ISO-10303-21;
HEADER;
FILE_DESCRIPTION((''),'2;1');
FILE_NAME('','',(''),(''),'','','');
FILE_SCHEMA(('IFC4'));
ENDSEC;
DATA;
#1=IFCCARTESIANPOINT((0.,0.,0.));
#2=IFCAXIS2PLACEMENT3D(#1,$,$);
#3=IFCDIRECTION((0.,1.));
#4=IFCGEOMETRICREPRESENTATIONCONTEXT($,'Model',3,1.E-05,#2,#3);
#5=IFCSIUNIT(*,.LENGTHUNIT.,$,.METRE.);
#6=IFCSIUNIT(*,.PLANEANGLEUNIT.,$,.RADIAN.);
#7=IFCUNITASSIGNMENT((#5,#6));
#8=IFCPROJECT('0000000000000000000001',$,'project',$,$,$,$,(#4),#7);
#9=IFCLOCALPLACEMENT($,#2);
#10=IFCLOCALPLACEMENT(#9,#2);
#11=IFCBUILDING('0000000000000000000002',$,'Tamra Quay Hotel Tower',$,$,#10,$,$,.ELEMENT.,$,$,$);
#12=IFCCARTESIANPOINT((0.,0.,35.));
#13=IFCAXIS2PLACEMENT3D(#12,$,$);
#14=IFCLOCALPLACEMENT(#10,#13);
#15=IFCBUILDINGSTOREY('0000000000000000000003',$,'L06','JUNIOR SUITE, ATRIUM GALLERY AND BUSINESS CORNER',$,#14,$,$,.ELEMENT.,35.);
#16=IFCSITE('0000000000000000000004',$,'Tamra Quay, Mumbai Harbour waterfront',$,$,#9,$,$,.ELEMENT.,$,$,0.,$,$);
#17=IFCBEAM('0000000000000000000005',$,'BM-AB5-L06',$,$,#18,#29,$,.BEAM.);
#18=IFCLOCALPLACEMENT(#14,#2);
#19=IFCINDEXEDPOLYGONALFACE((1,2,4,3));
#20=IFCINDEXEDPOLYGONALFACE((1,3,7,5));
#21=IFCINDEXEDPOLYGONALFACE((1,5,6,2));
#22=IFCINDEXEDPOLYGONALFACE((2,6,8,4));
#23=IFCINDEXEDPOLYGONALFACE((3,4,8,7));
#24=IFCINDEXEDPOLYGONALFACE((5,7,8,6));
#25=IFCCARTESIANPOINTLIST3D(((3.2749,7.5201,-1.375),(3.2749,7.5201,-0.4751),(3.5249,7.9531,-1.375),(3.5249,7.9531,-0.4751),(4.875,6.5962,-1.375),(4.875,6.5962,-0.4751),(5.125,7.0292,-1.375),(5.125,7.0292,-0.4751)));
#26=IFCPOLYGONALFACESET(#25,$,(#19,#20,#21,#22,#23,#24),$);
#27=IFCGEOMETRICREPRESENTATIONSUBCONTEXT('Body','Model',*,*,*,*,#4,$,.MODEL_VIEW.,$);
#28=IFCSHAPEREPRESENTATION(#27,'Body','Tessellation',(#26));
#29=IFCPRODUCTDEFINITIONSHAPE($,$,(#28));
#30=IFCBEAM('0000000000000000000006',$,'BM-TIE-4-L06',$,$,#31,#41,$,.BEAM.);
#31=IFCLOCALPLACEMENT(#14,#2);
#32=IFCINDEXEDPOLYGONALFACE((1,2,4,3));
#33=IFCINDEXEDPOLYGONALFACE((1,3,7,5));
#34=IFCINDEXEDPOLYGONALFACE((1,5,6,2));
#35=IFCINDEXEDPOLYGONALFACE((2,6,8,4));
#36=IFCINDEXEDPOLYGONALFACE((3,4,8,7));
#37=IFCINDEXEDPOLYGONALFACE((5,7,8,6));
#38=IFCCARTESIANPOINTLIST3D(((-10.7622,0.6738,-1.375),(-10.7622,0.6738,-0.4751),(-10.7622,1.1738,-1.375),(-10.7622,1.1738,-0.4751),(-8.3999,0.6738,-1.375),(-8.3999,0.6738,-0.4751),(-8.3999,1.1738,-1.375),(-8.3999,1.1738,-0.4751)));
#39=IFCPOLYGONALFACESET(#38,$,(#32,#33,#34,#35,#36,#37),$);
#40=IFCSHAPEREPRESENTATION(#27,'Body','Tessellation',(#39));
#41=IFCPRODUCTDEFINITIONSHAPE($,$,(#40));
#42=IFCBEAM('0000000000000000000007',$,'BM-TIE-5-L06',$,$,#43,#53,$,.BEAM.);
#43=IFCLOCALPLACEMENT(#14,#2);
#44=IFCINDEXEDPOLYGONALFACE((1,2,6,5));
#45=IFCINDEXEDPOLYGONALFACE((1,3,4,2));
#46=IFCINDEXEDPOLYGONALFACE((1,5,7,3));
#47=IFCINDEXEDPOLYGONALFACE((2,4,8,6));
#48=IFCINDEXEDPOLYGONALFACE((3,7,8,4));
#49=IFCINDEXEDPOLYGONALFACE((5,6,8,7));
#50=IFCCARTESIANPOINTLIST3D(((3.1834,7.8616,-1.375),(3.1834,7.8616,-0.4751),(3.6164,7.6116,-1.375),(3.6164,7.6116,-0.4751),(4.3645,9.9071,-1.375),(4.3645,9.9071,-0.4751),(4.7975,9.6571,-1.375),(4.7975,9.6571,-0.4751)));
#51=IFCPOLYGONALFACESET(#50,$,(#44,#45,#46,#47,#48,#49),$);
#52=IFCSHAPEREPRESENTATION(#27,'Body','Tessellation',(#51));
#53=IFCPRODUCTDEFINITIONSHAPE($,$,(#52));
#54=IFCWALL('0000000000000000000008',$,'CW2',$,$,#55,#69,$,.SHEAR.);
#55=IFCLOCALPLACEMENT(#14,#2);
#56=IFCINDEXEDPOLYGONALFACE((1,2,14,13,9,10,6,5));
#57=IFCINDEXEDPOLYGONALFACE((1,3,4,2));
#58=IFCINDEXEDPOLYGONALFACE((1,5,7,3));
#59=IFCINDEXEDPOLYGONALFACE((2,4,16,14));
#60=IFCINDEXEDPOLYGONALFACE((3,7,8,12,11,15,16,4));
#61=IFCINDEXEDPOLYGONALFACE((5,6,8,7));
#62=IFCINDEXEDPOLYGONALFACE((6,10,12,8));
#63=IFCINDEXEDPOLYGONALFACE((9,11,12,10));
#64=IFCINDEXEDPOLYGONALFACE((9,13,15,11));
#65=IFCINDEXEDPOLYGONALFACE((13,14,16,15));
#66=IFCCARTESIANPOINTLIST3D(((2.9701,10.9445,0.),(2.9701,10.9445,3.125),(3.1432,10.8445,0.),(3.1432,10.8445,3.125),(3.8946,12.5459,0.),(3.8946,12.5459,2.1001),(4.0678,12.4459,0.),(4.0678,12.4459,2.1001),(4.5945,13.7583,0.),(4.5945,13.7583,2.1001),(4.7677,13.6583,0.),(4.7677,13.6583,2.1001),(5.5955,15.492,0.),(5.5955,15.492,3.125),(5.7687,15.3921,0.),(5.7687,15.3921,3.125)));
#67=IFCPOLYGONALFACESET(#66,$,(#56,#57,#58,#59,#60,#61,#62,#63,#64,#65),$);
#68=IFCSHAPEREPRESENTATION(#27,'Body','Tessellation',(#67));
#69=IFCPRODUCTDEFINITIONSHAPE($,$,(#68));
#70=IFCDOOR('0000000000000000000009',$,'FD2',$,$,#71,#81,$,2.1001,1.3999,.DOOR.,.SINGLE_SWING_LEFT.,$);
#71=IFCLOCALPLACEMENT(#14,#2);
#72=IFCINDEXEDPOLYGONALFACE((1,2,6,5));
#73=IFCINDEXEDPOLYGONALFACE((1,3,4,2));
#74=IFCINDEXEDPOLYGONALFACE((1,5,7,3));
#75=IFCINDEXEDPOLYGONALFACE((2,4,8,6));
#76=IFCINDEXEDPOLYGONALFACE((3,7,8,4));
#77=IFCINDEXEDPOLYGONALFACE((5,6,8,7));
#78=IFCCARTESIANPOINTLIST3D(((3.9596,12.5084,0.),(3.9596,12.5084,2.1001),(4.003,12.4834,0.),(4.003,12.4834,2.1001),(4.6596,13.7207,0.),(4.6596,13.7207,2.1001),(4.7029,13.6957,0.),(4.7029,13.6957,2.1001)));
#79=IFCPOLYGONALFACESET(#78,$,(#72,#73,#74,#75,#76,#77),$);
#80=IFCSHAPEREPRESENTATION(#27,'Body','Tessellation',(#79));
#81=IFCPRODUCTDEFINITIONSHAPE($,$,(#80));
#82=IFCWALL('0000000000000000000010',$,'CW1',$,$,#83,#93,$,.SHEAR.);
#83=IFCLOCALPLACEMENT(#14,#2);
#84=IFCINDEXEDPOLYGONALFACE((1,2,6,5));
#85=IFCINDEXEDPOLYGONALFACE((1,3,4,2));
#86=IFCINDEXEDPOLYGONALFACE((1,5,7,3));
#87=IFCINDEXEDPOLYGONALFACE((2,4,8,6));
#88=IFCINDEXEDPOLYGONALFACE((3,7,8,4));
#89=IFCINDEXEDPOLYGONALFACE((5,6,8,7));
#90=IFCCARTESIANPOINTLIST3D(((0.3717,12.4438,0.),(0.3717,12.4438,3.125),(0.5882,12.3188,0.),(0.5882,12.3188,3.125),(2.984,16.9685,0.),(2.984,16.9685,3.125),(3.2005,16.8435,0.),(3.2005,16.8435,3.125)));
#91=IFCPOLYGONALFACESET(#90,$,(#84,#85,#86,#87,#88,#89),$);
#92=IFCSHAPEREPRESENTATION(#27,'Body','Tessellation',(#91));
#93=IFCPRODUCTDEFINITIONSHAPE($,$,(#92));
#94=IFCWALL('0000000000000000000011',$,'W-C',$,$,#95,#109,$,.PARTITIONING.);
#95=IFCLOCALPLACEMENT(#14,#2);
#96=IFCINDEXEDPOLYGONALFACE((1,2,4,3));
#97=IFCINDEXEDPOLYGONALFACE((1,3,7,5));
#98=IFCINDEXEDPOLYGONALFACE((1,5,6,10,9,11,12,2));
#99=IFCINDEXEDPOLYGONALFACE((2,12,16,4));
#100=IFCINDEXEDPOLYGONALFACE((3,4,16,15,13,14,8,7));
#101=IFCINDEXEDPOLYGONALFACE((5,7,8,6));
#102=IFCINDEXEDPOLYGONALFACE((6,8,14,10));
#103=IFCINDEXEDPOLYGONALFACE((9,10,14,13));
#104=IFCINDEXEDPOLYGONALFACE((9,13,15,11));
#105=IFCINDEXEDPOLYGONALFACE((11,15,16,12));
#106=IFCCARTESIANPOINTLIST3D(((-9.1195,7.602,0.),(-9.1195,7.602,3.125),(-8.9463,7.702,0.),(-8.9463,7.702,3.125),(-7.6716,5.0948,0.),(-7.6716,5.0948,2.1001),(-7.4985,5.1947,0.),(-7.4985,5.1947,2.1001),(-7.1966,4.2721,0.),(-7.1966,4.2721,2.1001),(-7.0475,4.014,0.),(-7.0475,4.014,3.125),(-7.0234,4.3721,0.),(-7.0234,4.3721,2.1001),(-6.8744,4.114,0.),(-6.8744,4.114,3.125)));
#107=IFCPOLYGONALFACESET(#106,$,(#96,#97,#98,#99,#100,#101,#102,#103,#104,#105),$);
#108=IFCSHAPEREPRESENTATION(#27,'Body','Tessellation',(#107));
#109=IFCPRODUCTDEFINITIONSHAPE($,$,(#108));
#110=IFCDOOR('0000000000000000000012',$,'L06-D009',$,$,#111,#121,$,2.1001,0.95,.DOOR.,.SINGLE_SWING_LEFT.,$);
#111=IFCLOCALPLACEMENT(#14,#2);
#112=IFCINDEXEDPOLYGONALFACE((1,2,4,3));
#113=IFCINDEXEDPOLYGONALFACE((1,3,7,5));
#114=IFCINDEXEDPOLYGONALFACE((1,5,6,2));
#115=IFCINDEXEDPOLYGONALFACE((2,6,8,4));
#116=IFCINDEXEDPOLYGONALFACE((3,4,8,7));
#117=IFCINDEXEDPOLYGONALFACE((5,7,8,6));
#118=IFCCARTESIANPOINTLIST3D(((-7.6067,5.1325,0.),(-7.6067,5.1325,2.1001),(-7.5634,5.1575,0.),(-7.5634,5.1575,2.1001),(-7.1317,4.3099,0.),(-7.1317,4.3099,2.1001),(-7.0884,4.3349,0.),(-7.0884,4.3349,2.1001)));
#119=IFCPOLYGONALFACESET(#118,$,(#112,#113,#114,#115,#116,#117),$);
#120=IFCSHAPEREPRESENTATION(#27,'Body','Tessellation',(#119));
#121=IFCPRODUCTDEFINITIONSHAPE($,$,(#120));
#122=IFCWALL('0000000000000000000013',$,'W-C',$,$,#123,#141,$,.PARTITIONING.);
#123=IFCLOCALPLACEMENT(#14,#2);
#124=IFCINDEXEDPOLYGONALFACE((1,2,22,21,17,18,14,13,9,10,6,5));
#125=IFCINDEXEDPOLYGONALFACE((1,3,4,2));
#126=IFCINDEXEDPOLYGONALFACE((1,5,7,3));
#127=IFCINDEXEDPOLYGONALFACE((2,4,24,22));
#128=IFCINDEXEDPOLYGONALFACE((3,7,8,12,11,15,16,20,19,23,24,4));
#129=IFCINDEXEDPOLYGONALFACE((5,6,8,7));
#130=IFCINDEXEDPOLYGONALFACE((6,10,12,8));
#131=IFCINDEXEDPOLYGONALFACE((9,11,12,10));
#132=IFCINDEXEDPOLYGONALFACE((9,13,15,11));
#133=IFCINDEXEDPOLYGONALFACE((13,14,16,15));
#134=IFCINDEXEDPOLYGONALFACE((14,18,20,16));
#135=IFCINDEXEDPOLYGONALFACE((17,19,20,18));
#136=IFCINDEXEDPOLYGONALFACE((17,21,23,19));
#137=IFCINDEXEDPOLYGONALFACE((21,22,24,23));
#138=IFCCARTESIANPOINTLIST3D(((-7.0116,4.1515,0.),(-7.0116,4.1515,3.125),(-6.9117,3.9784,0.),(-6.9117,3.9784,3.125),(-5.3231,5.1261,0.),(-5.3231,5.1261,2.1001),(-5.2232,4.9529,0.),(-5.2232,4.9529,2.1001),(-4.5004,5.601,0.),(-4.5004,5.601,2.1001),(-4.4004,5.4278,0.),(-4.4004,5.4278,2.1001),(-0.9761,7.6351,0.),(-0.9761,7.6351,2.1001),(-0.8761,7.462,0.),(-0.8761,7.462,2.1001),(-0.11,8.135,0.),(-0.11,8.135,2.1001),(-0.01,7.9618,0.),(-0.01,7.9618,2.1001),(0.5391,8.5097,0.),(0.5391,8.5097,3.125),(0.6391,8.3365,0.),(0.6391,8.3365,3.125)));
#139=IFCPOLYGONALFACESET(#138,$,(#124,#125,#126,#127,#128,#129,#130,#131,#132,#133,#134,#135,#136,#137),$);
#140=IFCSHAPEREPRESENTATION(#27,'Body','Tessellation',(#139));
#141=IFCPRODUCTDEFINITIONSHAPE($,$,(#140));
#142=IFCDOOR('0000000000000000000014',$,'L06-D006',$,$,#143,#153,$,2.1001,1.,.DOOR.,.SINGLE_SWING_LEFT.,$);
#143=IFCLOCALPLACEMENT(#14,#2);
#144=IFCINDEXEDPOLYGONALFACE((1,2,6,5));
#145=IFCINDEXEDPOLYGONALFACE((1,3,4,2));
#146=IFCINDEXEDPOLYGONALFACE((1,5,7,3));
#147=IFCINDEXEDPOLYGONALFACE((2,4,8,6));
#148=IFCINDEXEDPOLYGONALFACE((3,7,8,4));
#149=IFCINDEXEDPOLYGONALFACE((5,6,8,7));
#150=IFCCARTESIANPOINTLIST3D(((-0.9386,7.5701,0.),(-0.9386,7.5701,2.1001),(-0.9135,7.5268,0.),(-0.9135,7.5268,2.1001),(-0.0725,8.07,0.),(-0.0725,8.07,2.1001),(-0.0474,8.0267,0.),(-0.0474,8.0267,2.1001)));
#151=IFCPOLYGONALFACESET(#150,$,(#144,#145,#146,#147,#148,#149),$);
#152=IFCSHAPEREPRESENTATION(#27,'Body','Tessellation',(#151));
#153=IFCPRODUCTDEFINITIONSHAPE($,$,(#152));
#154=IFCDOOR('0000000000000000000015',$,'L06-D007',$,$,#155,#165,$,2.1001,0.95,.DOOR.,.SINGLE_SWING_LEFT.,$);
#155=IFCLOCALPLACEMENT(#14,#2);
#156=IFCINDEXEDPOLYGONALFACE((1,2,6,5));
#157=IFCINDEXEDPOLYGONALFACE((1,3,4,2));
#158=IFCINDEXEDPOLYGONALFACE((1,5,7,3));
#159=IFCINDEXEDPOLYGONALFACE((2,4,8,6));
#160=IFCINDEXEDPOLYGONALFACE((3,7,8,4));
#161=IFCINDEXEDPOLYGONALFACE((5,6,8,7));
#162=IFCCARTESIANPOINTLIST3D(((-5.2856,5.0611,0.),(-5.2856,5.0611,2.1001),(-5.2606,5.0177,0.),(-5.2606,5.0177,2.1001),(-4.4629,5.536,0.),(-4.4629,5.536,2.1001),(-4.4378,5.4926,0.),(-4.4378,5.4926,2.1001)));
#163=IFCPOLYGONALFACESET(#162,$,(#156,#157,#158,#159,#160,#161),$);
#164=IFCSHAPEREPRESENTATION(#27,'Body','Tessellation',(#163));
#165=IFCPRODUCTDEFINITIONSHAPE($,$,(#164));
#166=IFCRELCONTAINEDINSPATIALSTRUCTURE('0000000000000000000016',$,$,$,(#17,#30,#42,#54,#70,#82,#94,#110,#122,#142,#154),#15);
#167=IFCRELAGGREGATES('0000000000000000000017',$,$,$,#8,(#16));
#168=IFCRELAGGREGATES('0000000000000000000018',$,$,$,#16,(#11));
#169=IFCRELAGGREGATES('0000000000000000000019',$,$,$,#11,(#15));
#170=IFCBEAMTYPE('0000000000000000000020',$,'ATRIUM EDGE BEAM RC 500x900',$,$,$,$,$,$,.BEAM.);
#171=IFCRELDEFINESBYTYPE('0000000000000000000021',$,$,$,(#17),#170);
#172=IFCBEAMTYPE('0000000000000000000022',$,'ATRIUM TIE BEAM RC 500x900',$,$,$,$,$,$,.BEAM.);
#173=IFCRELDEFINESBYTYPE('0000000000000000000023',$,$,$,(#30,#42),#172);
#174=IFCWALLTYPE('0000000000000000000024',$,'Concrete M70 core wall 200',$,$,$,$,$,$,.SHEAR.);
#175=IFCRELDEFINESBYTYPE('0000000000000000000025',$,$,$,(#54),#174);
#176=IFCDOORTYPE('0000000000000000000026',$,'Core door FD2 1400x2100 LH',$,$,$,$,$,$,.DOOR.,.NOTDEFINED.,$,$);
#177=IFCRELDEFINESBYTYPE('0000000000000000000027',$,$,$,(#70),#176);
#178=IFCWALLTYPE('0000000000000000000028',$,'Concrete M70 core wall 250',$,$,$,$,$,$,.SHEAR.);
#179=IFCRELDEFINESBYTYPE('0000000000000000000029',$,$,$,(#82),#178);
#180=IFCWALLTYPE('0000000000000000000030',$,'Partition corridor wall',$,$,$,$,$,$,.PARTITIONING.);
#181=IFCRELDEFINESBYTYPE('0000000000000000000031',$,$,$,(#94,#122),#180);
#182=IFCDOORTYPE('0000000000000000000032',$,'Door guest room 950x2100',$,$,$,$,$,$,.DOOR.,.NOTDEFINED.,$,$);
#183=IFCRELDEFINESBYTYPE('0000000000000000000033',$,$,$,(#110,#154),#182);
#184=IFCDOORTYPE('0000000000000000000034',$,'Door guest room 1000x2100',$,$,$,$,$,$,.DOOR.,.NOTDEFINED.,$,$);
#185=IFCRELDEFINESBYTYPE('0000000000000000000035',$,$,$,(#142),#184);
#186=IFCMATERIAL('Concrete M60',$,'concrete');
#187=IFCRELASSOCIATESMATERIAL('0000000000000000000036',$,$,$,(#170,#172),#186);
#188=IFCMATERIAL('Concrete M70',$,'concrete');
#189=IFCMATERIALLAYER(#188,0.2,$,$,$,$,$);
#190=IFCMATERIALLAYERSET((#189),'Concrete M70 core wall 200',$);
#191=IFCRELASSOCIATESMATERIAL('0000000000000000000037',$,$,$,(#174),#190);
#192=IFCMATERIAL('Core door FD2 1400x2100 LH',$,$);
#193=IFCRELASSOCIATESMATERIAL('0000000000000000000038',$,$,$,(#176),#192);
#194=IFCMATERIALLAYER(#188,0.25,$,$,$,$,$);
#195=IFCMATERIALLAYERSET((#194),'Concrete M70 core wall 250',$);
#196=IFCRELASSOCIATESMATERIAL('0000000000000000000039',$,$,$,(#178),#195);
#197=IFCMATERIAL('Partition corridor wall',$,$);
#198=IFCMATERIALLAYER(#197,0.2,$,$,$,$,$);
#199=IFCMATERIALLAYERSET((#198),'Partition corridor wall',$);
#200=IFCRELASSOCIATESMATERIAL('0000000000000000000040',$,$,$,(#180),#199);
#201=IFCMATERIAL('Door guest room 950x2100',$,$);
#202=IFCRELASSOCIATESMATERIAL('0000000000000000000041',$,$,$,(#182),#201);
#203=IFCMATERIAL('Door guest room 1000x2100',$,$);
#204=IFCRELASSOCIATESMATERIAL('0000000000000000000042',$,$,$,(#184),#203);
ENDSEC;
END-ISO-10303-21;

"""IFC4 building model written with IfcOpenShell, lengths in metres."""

from ifc_helpers import new_model, si_unit, direction, frame, frame_2d, origin, origin_2d, place, context, subcontext, project, spatial, rectangle, extrude, material, layer, layer_set, material_profile, profile_set, type_object, element, fill, save


model = new_model("IFC4")

# Units and contexts
model_context = context("Model", 3, precision=1e-05, world=origin(), true_north=direction((0.0, 1.0)))
body_context = subcontext(model_context, "Body", "Model", "MODEL_VIEW")
ifc_project = project(units=[si_unit("LENGTHUNIT", "METRE"), si_unit("PLANEANGLEUNIT", "RADIAN")], contexts=[model_context])

# Site, building, storey
site_placement = place(None, origin())
site = spatial("IfcSite", under=ifc_project, at=site_placement, Name="Tamra Quay, Mumbai Harbour waterfront", CompositionType="ELEMENT", RefElevation=0.0)
building_placement = place(site_placement, origin())
building = spatial("IfcBuilding", under=site, at=building_placement, Name="Tamra Quay Hotel Tower", CompositionType="ELEMENT")
storey_placement = place(building_placement, frame((0.0, 0.0, 35.0)))
storey = spatial("IfcBuildingStorey", under=building, at=storey_placement, Name="L06", Description="JUNIOR SUITE, ATRIUM GALLERY AND BUSINESS CORNER", CompositionType="ELEMENT", Elevation=35.0)

# Beams
ifc_material_1 = material(Name="Concrete M60", Category="concrete")
ifc_material_profile_1 = material_profile(ifc_material_1, rectangle(XDim=0.5, YDim=0.8999, at=origin_2d()), Name="ATRIUM EDGE BEAM RC 500x900")
ifc_profile_set_1 = profile_set([ifc_material_profile_1], Name="Concrete M60")
beam_type_1 = type_object("IfcBeamType", Name="ATRIUM EDGE BEAM RC 500x900", PredefinedType="BEAM", material=ifc_profile_set_1)
beam_1_placement = place(storey_placement, frame((3.3999, 7.7366, -0.925), z_axis=(0.866023, -0.500005, 0.0), x_axis=(0.500005, 0.866023, 0.0)))
element("IfcBeam", 1, at=beam_1_placement, inside=storey, type_object=beam_type_1, Name="BM-AB5-L06", PredefinedType="BEAM", context=body_context, shape_type="SweptSolid", body=[
    extrude(rectangle(XDim=0.5, YDim=0.8999, at=origin_2d()), origin(), (0.0, 0.0, 1.0), 1.8477),
])
ifc_material_profile_2 = material_profile(ifc_material_1, rectangle(XDim=0.5, YDim=0.8999, at=origin_2d()), Name="ATRIUM TIE BEAM RC 500x900")
ifc_profile_set_2 = profile_set([ifc_material_profile_2], Name="Concrete M60")
beam_type_2 = type_object("IfcBeamType", Name="ATRIUM TIE BEAM RC 500x900", PredefinedType="BEAM", material=ifc_profile_set_2)
beam_2_placement = place(storey_placement, frame((-8.3999, 0.9238, -0.925), z_axis=(-1.0, 0.0, 0.0), x_axis=(0.0, -1.0, 0.0)))
element("IfcBeam", 2, at=beam_2_placement, inside=storey, type_object=beam_type_2, Name="BM-TIE-4-L06", PredefinedType="BEAM", context=body_context, shape_type="SweptSolid", body=[
    extrude(rectangle(XDim=0.5, YDim=0.8999, at=origin_2d()), origin(), (0.0, 0.0, 1.0), 2.3623),
])
beam_3_placement = place(storey_placement, frame((3.3999, 7.7366, -0.925), z_axis=(0.50003, 0.866008, 0.0), x_axis=(-0.866008, 0.50003, 0.0)))
element("IfcBeam", 3, at=beam_3_placement, inside=storey, type_object=beam_type_2, Name="BM-TIE-5-L06", PredefinedType="BEAM", context=body_context, shape_type="SweptSolid", body=[
    extrude(rectangle(XDim=0.5, YDim=0.8999, at=origin_2d()), origin(), (0.0, 0.0, 1.0), 2.3621),
])

# Wall, opening, door
ifc_material_2 = material(Name="Concrete M70", Category="concrete")
ifc_layer_1 = layer(ifc_material_2, 0.2)
ifc_layer_set_1 = layer_set([ifc_layer_1], Name="Concrete M70 core wall 200")
wall_type_1 = type_object("IfcWallType", Name="Concrete M70 core wall 200", PredefinedType="SHEAR", material=ifc_layer_set_1)
wall_1_placement = place(storey_placement, frame((3.0566, 10.8945, 0.0), z_axis=(0.0, 0.0, 1.0), x_axis=(0.499989, 0.866032, 0.0)))
wall_1 = element("IfcWall", 4, at=wall_1_placement, inside=storey, type_object=wall_type_1, Name="CW2", PredefinedType="SHEAR", context=body_context, shape_type="SweptSolid", body=[
    extrude(rectangle(XDim=5.251, YDim=0.2, at=frame_2d((2.6255, 0.0))), origin(), (0.0, 0.0, 1.0), 3.125),
])
opening_1_placement = place(wall_1_placement, frame((1.8491, 0.0, 0.0)))
opening_1 = element("IfcOpeningElement", 5, at=opening_1_placement, cuts=wall_1, PredefinedType="OPENING", context=body_context, shape_type="SweptSolid", body=[
    extrude(rectangle(XDim=1.3999, YDim=2.1001, at=frame_2d((0.7, 1.05))), frame((0.0, 0.1099, 0.0), z_axis=(0.0, -1.0, 0.0), x_axis=(1.0, 0.0, 0.0)), (0.0, 0.0, 1.0), 0.22),
])
ifc_material_3 = material(Name="Core door FD2 1400x2100 LH")
door_type_1 = type_object("IfcDoorType", Name="Core door FD2 1400x2100 LH", OperationType="NOTDEFINED", PredefinedType="DOOR", material=ifc_material_3)
door_1_placement = place(opening_1_placement, origin())
door_1 = element("IfcDoor", 6, at=door_1_placement, inside=storey, type_object=door_type_1, Name="FD2", OperationType="SINGLE_SWING_LEFT", OverallHeight=2.1001, OverallWidth=1.3999, PredefinedType="DOOR", context=body_context, shape_type="SweptSolid", body=[
    extrude(rectangle(XDim=1.3999, YDim=2.1001, at=frame_2d((0.7, 1.05))), frame((0.0, 0.0249, 0.0), z_axis=(0.0, -1.0, 0.0), x_axis=(1.0, 0.0, 0.0)), (0.0, 0.0, 1.0), 0.05),
])
fill(opening_1, door_1)

# Wall
ifc_layer_2 = layer(ifc_material_2, 0.25)
ifc_layer_set_2 = layer_set([ifc_layer_2], Name="Concrete M70 core wall 250")
wall_type_2 = type_object("IfcWallType", Name="Concrete M70 core wall 250", PredefinedType="SHEAR", material=ifc_layer_set_2)
wall_2_placement = place(storey_placement, frame((0.48, 12.3813, 0.0), z_axis=(0.0, 0.0, 1.0), x_axis=(0.499999, 0.866026, 0.0)))
element("IfcWall", 7, at=wall_2_placement, inside=storey, type_object=wall_type_2, Name="CW1", PredefinedType="SHEAR", context=body_context, shape_type="SweptSolid", body=[
    extrude(rectangle(XDim=5.2246, YDim=0.25, at=frame_2d((2.6123, 0.0))), origin(), (0.0, 0.0, 1.0), 3.125),
])

# Wall, opening, door
ifc_material_4 = material(Name="Partition corridor wall")
ifc_layer_3 = layer(ifc_material_4, 0.2)
ifc_layer_set_3 = layer_set([ifc_layer_3], Name="Partition corridor wall")
wall_type_3 = type_object("IfcWallType", Name="Partition corridor wall", PredefinedType="PARTITIONING", material=ifc_layer_set_3)
wall_3_placement = place(storey_placement, frame((-9.033, 7.6521, 0.0), z_axis=(0.0, 0.0, 1.0), x_axis=(0.500074, -0.865982, 0.0)))
wall_3 = element("IfcWall", 8, at=wall_3_placement, inside=storey, type_object=wall_type_3, Name="W-C", PredefinedType="PARTITIONING", context=body_context, shape_type="SweptSolid", body=[
    extrude(rectangle(XDim=4.1433, YDim=0.2, at=frame_2d((2.0718, 0.0))), origin(), (0.0, 0.0, 1.0), 3.125),
])
opening_2_placement = place(wall_3_placement, frame((2.8953, 0.0, 0.0)))
opening_2 = element("IfcOpeningElement", 9, at=opening_2_placement, cuts=wall_3, PredefinedType="OPENING", context=body_context, shape_type="SweptSolid", body=[
    extrude(rectangle(XDim=0.95, YDim=2.1001, at=frame_2d((0.4751, 1.05))), frame((0.0, 0.1099, 0.0), z_axis=(0.0, -1.0, 0.0), x_axis=(1.0, 0.0, 0.0)), (0.0, 0.0, 1.0), 0.22),
])
ifc_material_5 = material(Name="Door guest room 950x2100")
door_type_2 = type_object("IfcDoorType", Name="Door guest room 950x2100", OperationType="NOTDEFINED", PredefinedType="DOOR", material=ifc_material_5)
door_2_placement = place(opening_2_placement, frame((0.95, 0.0, 0.0), z_axis=(0.0, 0.0, 1.0), x_axis=(-1.0, 0.0, 0.0)))
door_2 = element("IfcDoor", 10, at=door_2_placement, inside=storey, type_object=door_type_2, Name="L06-D009", OperationType="SINGLE_SWING_LEFT", OverallHeight=2.1001, OverallWidth=0.95, PredefinedType="DOOR", context=body_context, shape_type="SweptSolid", body=[
    extrude(rectangle(XDim=0.95, YDim=2.1001, at=frame_2d((0.4751, 1.05))), frame((0.0, 0.0249, 0.0), z_axis=(0.0, -1.0, 0.0), x_axis=(1.0, 0.0, 0.0)), (0.0, 0.0, 1.0), 0.05),
])
fill(opening_2, door_2)

# Wall, openings, doors
wall_4_placement = place(storey_placement, frame((-6.9617, 4.0649, 0.0), z_axis=(0.0, 0.0, 1.0), x_axis=(0.86609, 0.499889, 0.0)))
wall_4 = element("IfcWall", 11, at=wall_4_placement, inside=storey, type_object=wall_type_3, Name="W-C", PredefinedType="PARTITIONING", context=body_context, shape_type="SweptSolid", body=[
    extrude(rectangle(XDim=8.7183, YDim=0.2, at=frame_2d((4.3591, 0.0))), origin(), (0.0, 0.0, 1.0), 3.125),
])
opening_3_placement = place(wall_4_placement, frame((6.9688, 0.0, 0.0)))
opening_3 = element("IfcOpeningElement", 12, at=opening_3_placement, cuts=wall_4, PredefinedType="OPENING", context=body_context, shape_type="SweptSolid", body=[
    extrude(rectangle(XDim=1.0, YDim=2.1001, at=frame_2d((0.5, 1.05))), frame((0.0, 0.1099, 0.0), z_axis=(0.0, -1.0, 0.0), x_axis=(1.0, 0.0, 0.0)), (0.0, 0.0, 1.0), 0.22),
])
opening_4_placement = place(wall_4_placement, frame((1.9495, 0.0, 0.0)))
opening_4 = element("IfcOpeningElement", 13, at=opening_4_placement, cuts=wall_4, PredefinedType="OPENING", context=body_context, shape_type="SweptSolid", body=[
    extrude(rectangle(XDim=0.95, YDim=2.1001, at=frame_2d((0.4751, 1.05))), frame((0.0, 0.1099, 0.0), z_axis=(0.0, -1.0, 0.0), x_axis=(1.0, 0.0, 0.0)), (0.0, 0.0, 1.0), 0.22),
])
ifc_material_6 = material(Name="Door guest room 1000x2100")
door_type_3 = type_object("IfcDoorType", Name="Door guest room 1000x2100", OperationType="NOTDEFINED", PredefinedType="DOOR", material=ifc_material_6)
door_3_placement = place(opening_3_placement, origin())
door_3 = element("IfcDoor", 14, at=door_3_placement, inside=storey, type_object=door_type_3, Name="L06-D006", OperationType="SINGLE_SWING_LEFT", OverallHeight=2.1001, OverallWidth=1.0, PredefinedType="DOOR", context=body_context, shape_type="SweptSolid", body=[
    extrude(rectangle(XDim=1.0, YDim=2.1001, at=frame_2d((0.5, 1.05))), frame((0.0, 0.0249, 0.0), z_axis=(0.0, -1.0, 0.0), x_axis=(1.0, 0.0, 0.0)), (0.0, 0.0, 1.0), 0.05),
])
fill(opening_3, door_3)
door_4_placement = place(opening_4_placement, origin())
door_4 = element("IfcDoor", 15, at=door_4_placement, inside=storey, type_object=door_type_2, Name="L06-D007", OperationType="SINGLE_SWING_LEFT", OverallHeight=2.1001, OverallWidth=0.95, PredefinedType="DOOR", context=body_context, shape_type="SweptSolid", body=[
    extrude(rectangle(XDim=0.95, YDim=2.1001, at=frame_2d((0.4751, 1.05))), frame((0.0, 0.0249, 0.0), z_axis=(0.0, -1.0, 0.0), x_axis=(1.0, 0.0, 0.0)), (0.0, 0.0, 1.0), 0.05),
])
fill(opening_4, door_4)

save(model, "model.ifc")
